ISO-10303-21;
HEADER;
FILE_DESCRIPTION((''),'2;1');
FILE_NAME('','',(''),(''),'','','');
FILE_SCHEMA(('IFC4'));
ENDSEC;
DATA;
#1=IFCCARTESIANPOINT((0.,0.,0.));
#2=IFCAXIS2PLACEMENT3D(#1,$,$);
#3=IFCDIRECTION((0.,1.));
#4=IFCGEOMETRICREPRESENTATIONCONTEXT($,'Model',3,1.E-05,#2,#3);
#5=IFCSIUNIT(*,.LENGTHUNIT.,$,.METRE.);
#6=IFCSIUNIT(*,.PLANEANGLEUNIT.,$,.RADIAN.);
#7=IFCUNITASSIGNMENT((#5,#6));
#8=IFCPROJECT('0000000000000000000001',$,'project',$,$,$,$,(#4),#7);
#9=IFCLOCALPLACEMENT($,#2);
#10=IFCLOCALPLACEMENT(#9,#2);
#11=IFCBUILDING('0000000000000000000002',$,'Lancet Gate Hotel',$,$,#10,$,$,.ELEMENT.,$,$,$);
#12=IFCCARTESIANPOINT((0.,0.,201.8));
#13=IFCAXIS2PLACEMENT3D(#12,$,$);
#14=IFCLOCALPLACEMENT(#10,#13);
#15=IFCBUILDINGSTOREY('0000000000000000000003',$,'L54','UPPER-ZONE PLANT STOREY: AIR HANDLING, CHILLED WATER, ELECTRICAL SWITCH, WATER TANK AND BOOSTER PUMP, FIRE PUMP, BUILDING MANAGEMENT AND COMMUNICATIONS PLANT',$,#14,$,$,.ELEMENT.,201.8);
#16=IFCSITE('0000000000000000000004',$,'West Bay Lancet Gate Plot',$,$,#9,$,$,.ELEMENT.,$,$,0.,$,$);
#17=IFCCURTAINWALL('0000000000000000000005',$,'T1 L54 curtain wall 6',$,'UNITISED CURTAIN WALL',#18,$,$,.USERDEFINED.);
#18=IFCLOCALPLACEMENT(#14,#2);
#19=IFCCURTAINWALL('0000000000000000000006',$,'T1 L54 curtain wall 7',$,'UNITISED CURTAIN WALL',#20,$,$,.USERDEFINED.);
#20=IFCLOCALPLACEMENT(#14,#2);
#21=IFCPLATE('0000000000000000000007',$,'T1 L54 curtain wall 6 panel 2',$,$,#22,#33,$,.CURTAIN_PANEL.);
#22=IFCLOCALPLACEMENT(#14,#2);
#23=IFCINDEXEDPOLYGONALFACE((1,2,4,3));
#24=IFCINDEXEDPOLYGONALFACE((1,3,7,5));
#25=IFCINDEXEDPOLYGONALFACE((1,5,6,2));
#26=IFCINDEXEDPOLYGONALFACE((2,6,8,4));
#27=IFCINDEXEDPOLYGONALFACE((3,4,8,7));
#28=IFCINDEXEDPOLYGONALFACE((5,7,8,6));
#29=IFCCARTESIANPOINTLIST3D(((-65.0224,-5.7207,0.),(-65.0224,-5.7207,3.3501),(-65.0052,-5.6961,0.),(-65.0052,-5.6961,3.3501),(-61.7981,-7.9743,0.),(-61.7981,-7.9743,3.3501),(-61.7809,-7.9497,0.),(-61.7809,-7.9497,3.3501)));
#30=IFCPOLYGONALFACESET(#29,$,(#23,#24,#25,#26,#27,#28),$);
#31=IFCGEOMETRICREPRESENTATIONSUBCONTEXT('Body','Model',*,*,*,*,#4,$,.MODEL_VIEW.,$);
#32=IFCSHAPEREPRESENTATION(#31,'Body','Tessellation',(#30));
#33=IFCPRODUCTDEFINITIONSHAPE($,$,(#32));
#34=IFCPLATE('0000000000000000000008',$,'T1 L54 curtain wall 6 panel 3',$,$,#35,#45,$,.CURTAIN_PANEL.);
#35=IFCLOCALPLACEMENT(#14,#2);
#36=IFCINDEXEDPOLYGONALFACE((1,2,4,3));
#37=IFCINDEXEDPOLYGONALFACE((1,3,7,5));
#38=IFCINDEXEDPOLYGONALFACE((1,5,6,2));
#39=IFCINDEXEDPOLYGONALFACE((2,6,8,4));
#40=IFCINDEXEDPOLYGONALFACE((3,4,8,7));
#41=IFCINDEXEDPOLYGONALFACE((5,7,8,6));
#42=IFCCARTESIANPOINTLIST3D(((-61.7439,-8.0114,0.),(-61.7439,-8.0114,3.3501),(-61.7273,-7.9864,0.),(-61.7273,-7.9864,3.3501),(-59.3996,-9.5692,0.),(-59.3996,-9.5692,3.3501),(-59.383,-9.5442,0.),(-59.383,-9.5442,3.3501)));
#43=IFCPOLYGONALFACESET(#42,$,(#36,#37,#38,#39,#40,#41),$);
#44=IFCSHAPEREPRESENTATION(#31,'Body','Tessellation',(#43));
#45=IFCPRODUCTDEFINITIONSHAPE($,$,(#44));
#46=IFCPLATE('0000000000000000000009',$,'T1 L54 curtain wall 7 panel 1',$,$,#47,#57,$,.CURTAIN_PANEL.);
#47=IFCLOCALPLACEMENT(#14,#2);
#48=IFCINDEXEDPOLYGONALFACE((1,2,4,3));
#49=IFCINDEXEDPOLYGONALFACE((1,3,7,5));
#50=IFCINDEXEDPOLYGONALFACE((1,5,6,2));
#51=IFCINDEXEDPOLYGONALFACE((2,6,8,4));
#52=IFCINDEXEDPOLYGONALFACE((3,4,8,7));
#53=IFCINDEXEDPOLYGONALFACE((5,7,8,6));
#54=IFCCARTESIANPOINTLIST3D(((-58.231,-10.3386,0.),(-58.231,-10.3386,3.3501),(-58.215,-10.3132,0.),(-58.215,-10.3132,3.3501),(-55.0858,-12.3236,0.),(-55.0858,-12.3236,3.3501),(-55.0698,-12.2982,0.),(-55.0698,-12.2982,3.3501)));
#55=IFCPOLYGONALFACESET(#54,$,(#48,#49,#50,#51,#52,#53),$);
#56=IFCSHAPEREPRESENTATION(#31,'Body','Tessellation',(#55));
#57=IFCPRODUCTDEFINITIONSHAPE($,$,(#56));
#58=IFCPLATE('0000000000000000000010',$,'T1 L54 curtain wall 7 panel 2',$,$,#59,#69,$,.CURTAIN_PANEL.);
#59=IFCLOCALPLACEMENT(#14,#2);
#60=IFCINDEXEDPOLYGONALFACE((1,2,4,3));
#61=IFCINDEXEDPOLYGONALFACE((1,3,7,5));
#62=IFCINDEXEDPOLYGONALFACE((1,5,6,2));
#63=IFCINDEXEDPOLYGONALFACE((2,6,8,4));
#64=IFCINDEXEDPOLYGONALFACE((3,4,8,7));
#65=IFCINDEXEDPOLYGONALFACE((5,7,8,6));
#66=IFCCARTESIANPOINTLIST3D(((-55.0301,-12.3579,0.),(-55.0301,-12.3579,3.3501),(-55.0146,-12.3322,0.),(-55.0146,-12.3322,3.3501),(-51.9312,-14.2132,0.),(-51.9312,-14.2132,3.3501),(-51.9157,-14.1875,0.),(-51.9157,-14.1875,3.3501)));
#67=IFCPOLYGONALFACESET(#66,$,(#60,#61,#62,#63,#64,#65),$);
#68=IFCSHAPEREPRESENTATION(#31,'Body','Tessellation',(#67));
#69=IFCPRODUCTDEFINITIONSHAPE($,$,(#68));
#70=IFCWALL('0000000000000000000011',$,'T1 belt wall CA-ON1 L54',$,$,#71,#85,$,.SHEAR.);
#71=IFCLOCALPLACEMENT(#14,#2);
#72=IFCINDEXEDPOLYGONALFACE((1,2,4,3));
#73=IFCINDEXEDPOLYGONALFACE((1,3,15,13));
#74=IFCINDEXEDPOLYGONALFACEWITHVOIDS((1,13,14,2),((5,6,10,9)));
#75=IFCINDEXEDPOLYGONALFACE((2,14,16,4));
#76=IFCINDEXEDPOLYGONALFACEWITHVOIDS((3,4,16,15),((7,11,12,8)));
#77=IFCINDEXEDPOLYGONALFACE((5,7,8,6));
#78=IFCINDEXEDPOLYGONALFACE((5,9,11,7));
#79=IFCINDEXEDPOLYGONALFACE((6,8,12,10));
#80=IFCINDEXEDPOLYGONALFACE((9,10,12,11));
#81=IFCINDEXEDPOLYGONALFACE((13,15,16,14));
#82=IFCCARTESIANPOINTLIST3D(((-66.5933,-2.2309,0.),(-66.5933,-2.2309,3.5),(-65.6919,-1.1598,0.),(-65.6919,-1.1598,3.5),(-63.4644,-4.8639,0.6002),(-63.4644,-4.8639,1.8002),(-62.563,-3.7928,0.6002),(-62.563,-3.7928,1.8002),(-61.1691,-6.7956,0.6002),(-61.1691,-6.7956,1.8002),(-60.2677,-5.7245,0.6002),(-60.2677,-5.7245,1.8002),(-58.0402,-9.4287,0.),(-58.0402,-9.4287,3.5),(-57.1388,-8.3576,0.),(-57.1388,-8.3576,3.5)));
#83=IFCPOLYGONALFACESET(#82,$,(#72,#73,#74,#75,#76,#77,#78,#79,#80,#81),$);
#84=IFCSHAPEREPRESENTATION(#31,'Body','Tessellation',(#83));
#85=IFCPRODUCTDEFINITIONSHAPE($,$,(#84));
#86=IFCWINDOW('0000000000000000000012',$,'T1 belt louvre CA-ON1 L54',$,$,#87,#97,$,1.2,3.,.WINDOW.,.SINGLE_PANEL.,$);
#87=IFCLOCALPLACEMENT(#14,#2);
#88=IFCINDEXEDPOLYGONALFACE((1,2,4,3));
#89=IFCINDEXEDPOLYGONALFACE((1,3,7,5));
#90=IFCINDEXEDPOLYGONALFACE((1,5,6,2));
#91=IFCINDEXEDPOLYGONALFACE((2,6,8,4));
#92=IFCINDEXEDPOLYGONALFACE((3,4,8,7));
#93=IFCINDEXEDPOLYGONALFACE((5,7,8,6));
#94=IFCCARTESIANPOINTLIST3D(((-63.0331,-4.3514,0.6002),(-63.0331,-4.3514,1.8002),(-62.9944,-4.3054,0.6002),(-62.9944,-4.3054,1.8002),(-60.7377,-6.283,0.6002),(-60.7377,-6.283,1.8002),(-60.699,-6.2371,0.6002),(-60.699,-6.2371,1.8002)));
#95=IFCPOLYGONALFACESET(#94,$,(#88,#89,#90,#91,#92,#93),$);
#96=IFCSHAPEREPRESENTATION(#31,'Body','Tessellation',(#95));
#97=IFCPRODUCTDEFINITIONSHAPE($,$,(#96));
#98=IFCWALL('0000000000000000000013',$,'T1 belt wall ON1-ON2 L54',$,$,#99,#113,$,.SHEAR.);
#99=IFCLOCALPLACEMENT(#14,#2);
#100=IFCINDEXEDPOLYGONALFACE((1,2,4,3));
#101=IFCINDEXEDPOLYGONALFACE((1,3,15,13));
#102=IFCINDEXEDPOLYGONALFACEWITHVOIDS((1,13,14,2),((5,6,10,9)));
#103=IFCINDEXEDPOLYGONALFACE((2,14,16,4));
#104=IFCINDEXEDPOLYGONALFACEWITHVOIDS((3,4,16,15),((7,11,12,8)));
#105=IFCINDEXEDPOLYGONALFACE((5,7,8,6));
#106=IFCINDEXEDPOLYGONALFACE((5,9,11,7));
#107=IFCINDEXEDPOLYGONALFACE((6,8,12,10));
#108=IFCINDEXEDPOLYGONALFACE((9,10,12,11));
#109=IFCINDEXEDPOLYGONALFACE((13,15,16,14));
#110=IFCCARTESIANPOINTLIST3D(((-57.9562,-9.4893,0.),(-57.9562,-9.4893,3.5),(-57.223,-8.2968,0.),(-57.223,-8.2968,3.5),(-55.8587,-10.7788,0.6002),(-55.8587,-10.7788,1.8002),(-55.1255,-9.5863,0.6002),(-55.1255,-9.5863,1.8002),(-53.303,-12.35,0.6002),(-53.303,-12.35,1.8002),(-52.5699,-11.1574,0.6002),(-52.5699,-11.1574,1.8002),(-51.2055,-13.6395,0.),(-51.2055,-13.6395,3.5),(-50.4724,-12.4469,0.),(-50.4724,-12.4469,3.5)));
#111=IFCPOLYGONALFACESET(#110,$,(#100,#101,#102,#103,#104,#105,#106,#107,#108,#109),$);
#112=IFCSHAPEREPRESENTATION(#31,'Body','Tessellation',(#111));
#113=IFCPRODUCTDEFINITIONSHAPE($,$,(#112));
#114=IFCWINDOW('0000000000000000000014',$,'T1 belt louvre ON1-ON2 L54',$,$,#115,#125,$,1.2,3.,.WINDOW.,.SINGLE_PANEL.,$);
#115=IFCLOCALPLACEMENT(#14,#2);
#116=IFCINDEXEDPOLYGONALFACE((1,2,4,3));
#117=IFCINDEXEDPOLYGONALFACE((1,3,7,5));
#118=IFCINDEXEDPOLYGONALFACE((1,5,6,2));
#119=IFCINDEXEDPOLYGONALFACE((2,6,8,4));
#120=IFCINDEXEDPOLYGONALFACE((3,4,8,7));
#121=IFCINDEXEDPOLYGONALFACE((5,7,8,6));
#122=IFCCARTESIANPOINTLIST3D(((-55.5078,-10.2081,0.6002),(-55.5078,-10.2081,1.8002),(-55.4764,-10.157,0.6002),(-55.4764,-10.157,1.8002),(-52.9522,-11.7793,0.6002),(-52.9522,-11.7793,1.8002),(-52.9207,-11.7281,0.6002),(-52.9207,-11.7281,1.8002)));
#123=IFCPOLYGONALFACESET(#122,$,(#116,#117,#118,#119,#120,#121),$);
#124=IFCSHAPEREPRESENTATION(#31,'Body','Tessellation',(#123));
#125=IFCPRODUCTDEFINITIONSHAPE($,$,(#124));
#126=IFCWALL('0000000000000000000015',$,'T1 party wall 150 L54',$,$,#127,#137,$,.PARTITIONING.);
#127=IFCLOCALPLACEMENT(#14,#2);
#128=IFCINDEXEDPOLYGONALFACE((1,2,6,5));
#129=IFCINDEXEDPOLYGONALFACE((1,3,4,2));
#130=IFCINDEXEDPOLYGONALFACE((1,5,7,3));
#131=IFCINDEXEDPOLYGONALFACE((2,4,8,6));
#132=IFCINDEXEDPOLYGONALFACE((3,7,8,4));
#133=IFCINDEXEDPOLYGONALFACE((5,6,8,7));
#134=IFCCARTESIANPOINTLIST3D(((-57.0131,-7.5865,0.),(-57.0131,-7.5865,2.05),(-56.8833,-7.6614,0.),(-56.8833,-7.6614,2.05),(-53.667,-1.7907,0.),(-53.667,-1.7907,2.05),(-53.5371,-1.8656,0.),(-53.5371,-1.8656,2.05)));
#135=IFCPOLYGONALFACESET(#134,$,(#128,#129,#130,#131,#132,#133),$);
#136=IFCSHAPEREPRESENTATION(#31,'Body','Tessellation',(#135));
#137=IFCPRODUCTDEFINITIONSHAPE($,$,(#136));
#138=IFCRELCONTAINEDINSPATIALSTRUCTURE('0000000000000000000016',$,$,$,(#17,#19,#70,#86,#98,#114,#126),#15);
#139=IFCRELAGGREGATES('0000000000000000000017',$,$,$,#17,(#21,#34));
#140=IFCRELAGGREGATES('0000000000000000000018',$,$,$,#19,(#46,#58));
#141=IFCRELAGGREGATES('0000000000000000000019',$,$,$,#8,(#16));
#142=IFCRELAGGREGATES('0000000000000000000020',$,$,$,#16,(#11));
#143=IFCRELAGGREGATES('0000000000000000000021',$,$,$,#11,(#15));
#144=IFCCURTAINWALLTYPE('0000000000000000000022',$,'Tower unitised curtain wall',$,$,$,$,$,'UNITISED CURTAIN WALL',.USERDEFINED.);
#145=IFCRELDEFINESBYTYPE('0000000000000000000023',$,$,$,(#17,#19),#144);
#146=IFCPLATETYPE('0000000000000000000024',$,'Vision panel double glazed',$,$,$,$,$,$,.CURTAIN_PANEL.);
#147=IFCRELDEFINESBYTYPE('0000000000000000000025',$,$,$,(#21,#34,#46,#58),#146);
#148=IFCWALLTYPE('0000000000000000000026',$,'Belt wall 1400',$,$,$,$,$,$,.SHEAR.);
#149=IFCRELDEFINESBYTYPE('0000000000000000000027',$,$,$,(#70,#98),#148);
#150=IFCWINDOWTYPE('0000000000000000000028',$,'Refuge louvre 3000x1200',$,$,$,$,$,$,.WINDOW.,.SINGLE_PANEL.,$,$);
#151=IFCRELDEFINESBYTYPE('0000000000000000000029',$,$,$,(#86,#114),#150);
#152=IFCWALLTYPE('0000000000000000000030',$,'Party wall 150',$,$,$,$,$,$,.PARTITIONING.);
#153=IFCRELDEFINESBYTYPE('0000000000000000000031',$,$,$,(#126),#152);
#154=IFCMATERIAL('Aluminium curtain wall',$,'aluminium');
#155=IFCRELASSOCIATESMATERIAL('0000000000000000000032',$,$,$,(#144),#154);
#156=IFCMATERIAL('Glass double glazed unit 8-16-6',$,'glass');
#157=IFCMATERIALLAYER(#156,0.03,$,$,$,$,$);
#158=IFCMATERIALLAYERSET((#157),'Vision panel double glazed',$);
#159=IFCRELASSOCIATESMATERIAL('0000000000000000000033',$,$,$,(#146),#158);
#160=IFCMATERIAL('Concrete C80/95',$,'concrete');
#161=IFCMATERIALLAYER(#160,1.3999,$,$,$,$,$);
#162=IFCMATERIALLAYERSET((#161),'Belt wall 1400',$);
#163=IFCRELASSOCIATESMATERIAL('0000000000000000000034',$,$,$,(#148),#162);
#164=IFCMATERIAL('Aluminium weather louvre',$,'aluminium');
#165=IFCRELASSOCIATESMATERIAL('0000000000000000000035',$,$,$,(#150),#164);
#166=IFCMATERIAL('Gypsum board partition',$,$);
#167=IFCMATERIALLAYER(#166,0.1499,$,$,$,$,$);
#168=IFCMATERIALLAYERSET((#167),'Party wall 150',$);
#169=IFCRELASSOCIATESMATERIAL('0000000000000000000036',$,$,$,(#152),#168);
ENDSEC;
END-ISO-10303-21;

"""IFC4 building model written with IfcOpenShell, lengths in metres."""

from ifc_helpers import new_model, si_unit, direction, frame, frame_2d, origin, origin_2d, place, context, subcontext, project, spatial, rectangle, extrude, material, layer, layer_set, type_object, element, fill, aggregate, save


model = new_model("IFC4")

# Units and contexts
model_context = context("Model", 3, precision=1e-05, world=origin(), true_north=direction((0.0, 1.0)))
body_context = subcontext(model_context, "Body", "Model", "MODEL_VIEW")
ifc_project = project(units=[si_unit("LENGTHUNIT", "METRE"), si_unit("PLANEANGLEUNIT", "RADIAN")], contexts=[model_context])

# Site, building, storey
site_placement = place(None, origin())
site = spatial("IfcSite", under=ifc_project, at=site_placement, Name="West Bay Lancet Gate Plot", CompositionType="ELEMENT", RefElevation=0.0)
building_placement = place(site_placement, origin())
building = spatial("IfcBuilding", under=site, at=building_placement, Name="Lancet Gate Hotel", CompositionType="ELEMENT")
storey_placement = place(building_placement, frame((0.0, 0.0, 201.8)))
storey = spatial("IfcBuildingStorey", under=building, at=storey_placement, Name="L54", Description="UPPER-ZONE PLANT STOREY: AIR HANDLING, CHILLED WATER, ELECTRICAL SWITCH, WATER TANK AND BOOSTER PUMP, FIRE PUMP, BUILDING MANAGEMENT AND COMMUNICATIONS PLANT", CompositionType="ELEMENT", Elevation=201.8)

# Curtain walls
ifc_material_1 = material(Name="Aluminium curtain wall", Category="aluminium")
curtain_wall_type = type_object("IfcCurtainWallType", Name="Tower unitised curtain wall", ElementType="UNITISED CURTAIN WALL", PredefinedType="USERDEFINED", material=ifc_material_1)
curtain_wall_1_placement = place(storey_placement, origin())
curtain_wall_1 = element("IfcCurtainWall", 1, at=curtain_wall_1_placement, inside=storey, type_object=curtain_wall_type, Name="T1 L54 curtain wall 6", ObjectType="UNITISED CURTAIN WALL", PredefinedType="USERDEFINED")
curtain_wall_2_placement = place(storey_placement, origin())
curtain_wall_2 = element("IfcCurtainWall", 2, at=curtain_wall_2_placement, inside=storey, type_object=curtain_wall_type, Name="T1 L54 curtain wall 7", ObjectType="UNITISED CURTAIN WALL", PredefinedType="USERDEFINED")

# Plates
ifc_material_2 = material(Name="Glass double glazed unit 8-16-6", Category="glass")
ifc_layer_1 = layer(ifc_material_2, 0.03)
ifc_layer_set_1 = layer_set([ifc_layer_1], Name="Vision panel double glazed")
plate_type = type_object("IfcPlateType", Name="Vision panel double glazed", PredefinedType="CURTAIN_PANEL", material=ifc_layer_set_1)
plate_1_placement = place(storey_placement, frame((-63.4016, -6.8352, 0.0), z_axis=(0.0, 0.0, 1.0), x_axis=(0.819631, -0.572892, 0.0)))
plate_1 = element("IfcPlate", 3, at=plate_1_placement, type_object=plate_type, Name="T1 L54 curtain wall 6 panel 2", PredefinedType="CURTAIN_PANEL", context=body_context, shape_type="SweptSolid", body=[
    extrude(rectangle(XDim=3.9338, YDim=0.03, at=origin_2d()), origin(), (0.0, 0.0, 1.0), 3.3501),
])
plate_2_placement = place(storey_placement, frame((-60.5635, -8.7778, 0.0), z_axis=(0.0, 0.0, 1.0), x_axis=(0.832879, -0.553455, 0.0)))
plate_2 = element("IfcPlate", 4, at=plate_2_placement, type_object=plate_type, Name="T1 L54 curtain wall 6 panel 3", PredefinedType="CURTAIN_PANEL", context=body_context, shape_type="SweptSolid", body=[
    extrude(rectangle(XDim=2.8147, YDim=0.03, at=origin_2d()), origin(), (0.0, 0.0, 1.0), 3.3501),
])
aggregate(curtain_wall_1, [plate_1, plate_2])
plate_3_placement = place(storey_placement, frame((-56.6504, -11.3184, 0.0), z_axis=(0.0, 0.0, 1.0), x_axis=(0.845667, -0.533711, 0.0)))
plate_3 = element("IfcPlate", 5, at=plate_3_placement, type_object=plate_type, Name="T1 L54 curtain wall 7 panel 1", PredefinedType="CURTAIN_PANEL", context=body_context, shape_type="SweptSolid", body=[
    extrude(rectangle(XDim=3.7192, YDim=0.03, at=origin_2d()), origin(), (0.0, 0.0, 1.0), 3.3501),
])
plate_4_placement = place(storey_placement, frame((-53.4729, -13.2727, 0.0), z_axis=(0.0, 0.0, 1.0), x_axis=(0.857987, -0.513672, 0.0)))
plate_4 = element("IfcPlate", 6, at=plate_4_placement, type_object=plate_type, Name="T1 L54 curtain wall 7 panel 2", PredefinedType="CURTAIN_PANEL", context=body_context, shape_type="SweptSolid", body=[
    extrude(rectangle(XDim=3.6118, YDim=0.03, at=origin_2d()), origin(), (0.0, 0.0, 1.0), 3.3501),
])
aggregate(curtain_wall_2, [plate_3, plate_4])

# Walls, openings, windows
ifc_material_3 = material(Name="Concrete C80/95", Category="concrete")
ifc_layer_2 = layer(ifc_material_3, 1.3999)
ifc_layer_set_2 = layer_set([ifc_layer_2], Name="Belt wall 1400")
wall_type_1 = type_object("IfcWallType", Name="Belt wall 1400", PredefinedType="SHEAR", material=ifc_layer_set_2)
wall_1_placement = place(storey_placement, frame((-66.1426, -1.6953, 0.0), z_axis=(0.0, 0.0, 1.0), x_axis=(0.765121, -0.643887, 0.0)))
wall_1 = element("IfcWall", 7, at=wall_1_placement, inside=storey, type_object=wall_type_1, Name="T1 belt wall CA-ON1 L54", PredefinedType="SHEAR", context=body_context, shape_type="SweptSolid", body=[
    extrude(rectangle(XDim=11.1787, YDim=1.3999, at=frame_2d((5.5894, 0.0))), origin(), (0.0, 0.0, 1.0), 3.5),
])
opening_1_placement = place(wall_1_placement, frame((4.0894, 0.0, 0.6001)))
opening_1 = element("IfcOpeningElement", 8, at=opening_1_placement, cuts=wall_1, PredefinedType="OPENING", context=body_context, shape_type="SweptSolid", body=[
    extrude(rectangle(XDim=3.0, YDim=1.2, at=frame_2d((1.5, 0.6001))), frame((0.0, 0.71, 0.0), z_axis=(0.0, -1.0, 0.0), x_axis=(1.0, 0.0, 0.0)), (0.0, 0.0, 1.0), 1.4199),
])
ifc_material_4 = material(Name="Aluminium weather louvre", Category="aluminium")
window_type = type_object("IfcWindowType", Name="Refuge louvre 3000x1200", PartitioningType="SINGLE_PANEL", PredefinedType="WINDOW", material=ifc_material_4)
window_1_placement = place(opening_1_placement, origin())
window_1 = element("IfcWindow", 9, at=window_1_placement, inside=storey, type_object=window_type, Name="T1 belt louvre CA-ON1 L54", OverallHeight=1.2, OverallWidth=3.0, PartitioningType="SINGLE_PANEL", PredefinedType="WINDOW", context=body_context, shape_type="SweptSolid", body=[
    extrude(rectangle(XDim=3.0, YDim=1.2, at=frame_2d((1.5, 0.6001))), frame((0.0, 0.03, 0.0), z_axis=(0.0, -1.0, 0.0), x_axis=(1.0, 0.0, 0.0)), (0.0, 0.0, 1.0), 0.0601),
])
fill(opening_1, window_1)
wall_2_placement = place(storey_placement, frame((-57.5896, -8.8931, 0.0), z_axis=(0.0, 0.0, 1.0), x_axis=(0.851892, -0.523717, 0.0)))
wall_2 = element("IfcWall", 10, at=wall_2_placement, inside=storey, type_object=wall_type_1, Name="T1 belt wall ON1-ON2 L54", PredefinedType="SHEAR", context=body_context, shape_type="SweptSolid", body=[
    extrude(rectangle(XDim=7.9243, YDim=1.3999, at=frame_2d((3.9622, 0.0))), origin(), (0.0, 0.0, 1.0), 3.5),
])
opening_2_placement = place(wall_2_placement, frame((2.4622, 0.0, 0.6001)))
opening_2 = element("IfcOpeningElement", 11, at=opening_2_placement, cuts=wall_2, PredefinedType="OPENING", context=body_context, shape_type="SweptSolid", body=[
    extrude(rectangle(XDim=3.0, YDim=1.2, at=frame_2d((1.5, 0.6001))), frame((0.0, 0.71, 0.0), z_axis=(0.0, -1.0, 0.0), x_axis=(1.0, 0.0, 0.0)), (0.0, 0.0, 1.0), 1.4199),
])
window_2_placement = place(opening_2_placement, origin())
window_2 = element("IfcWindow", 12, at=window_2_placement, inside=storey, type_object=window_type, Name="T1 belt louvre ON1-ON2 L54", OverallHeight=1.2, OverallWidth=3.0, PartitioningType="SINGLE_PANEL", PredefinedType="WINDOW", context=body_context, shape_type="SweptSolid", body=[
    extrude(rectangle(XDim=3.0, YDim=1.2, at=frame_2d((1.5, 0.6001))), frame((0.0, 0.03, 0.0), z_axis=(0.0, -1.0, 0.0), x_axis=(1.0, 0.0, 0.0)), (0.0, 0.0, 1.0), 0.0601),
])
fill(opening_2, window_2)

# Wall
ifc_material_5 = material(Name="Gypsum board partition")
ifc_layer_3 = layer(ifc_material_5, 0.1499)
ifc_layer_set_3 = layer_set([ifc_layer_3], Name="Party wall 150")
wall_type_2 = type_object("IfcWallType", Name="Party wall 150", PredefinedType="PARTITIONING", material=ifc_layer_set_3)
wall_3_placement = place(storey_placement, frame((-53.6021, -1.8281, 0.0), z_axis=(0.0, 0.0, 1.0), x_axis=(-0.499992, -0.86603, 0.0)))
element("IfcWall", 13, at=wall_3_placement, inside=storey, type_object=wall_type_2, Name="T1 party wall 150 L54", PredefinedType="PARTITIONING", context=body_context, shape_type="SweptSolid", body=[
    extrude(rectangle(XDim=6.6924, YDim=0.1499, at=frame_2d((3.3462, 0.0))), origin(), (0.0, 0.0, 1.0), 2.05),
])

save(model, "model.ifc")
